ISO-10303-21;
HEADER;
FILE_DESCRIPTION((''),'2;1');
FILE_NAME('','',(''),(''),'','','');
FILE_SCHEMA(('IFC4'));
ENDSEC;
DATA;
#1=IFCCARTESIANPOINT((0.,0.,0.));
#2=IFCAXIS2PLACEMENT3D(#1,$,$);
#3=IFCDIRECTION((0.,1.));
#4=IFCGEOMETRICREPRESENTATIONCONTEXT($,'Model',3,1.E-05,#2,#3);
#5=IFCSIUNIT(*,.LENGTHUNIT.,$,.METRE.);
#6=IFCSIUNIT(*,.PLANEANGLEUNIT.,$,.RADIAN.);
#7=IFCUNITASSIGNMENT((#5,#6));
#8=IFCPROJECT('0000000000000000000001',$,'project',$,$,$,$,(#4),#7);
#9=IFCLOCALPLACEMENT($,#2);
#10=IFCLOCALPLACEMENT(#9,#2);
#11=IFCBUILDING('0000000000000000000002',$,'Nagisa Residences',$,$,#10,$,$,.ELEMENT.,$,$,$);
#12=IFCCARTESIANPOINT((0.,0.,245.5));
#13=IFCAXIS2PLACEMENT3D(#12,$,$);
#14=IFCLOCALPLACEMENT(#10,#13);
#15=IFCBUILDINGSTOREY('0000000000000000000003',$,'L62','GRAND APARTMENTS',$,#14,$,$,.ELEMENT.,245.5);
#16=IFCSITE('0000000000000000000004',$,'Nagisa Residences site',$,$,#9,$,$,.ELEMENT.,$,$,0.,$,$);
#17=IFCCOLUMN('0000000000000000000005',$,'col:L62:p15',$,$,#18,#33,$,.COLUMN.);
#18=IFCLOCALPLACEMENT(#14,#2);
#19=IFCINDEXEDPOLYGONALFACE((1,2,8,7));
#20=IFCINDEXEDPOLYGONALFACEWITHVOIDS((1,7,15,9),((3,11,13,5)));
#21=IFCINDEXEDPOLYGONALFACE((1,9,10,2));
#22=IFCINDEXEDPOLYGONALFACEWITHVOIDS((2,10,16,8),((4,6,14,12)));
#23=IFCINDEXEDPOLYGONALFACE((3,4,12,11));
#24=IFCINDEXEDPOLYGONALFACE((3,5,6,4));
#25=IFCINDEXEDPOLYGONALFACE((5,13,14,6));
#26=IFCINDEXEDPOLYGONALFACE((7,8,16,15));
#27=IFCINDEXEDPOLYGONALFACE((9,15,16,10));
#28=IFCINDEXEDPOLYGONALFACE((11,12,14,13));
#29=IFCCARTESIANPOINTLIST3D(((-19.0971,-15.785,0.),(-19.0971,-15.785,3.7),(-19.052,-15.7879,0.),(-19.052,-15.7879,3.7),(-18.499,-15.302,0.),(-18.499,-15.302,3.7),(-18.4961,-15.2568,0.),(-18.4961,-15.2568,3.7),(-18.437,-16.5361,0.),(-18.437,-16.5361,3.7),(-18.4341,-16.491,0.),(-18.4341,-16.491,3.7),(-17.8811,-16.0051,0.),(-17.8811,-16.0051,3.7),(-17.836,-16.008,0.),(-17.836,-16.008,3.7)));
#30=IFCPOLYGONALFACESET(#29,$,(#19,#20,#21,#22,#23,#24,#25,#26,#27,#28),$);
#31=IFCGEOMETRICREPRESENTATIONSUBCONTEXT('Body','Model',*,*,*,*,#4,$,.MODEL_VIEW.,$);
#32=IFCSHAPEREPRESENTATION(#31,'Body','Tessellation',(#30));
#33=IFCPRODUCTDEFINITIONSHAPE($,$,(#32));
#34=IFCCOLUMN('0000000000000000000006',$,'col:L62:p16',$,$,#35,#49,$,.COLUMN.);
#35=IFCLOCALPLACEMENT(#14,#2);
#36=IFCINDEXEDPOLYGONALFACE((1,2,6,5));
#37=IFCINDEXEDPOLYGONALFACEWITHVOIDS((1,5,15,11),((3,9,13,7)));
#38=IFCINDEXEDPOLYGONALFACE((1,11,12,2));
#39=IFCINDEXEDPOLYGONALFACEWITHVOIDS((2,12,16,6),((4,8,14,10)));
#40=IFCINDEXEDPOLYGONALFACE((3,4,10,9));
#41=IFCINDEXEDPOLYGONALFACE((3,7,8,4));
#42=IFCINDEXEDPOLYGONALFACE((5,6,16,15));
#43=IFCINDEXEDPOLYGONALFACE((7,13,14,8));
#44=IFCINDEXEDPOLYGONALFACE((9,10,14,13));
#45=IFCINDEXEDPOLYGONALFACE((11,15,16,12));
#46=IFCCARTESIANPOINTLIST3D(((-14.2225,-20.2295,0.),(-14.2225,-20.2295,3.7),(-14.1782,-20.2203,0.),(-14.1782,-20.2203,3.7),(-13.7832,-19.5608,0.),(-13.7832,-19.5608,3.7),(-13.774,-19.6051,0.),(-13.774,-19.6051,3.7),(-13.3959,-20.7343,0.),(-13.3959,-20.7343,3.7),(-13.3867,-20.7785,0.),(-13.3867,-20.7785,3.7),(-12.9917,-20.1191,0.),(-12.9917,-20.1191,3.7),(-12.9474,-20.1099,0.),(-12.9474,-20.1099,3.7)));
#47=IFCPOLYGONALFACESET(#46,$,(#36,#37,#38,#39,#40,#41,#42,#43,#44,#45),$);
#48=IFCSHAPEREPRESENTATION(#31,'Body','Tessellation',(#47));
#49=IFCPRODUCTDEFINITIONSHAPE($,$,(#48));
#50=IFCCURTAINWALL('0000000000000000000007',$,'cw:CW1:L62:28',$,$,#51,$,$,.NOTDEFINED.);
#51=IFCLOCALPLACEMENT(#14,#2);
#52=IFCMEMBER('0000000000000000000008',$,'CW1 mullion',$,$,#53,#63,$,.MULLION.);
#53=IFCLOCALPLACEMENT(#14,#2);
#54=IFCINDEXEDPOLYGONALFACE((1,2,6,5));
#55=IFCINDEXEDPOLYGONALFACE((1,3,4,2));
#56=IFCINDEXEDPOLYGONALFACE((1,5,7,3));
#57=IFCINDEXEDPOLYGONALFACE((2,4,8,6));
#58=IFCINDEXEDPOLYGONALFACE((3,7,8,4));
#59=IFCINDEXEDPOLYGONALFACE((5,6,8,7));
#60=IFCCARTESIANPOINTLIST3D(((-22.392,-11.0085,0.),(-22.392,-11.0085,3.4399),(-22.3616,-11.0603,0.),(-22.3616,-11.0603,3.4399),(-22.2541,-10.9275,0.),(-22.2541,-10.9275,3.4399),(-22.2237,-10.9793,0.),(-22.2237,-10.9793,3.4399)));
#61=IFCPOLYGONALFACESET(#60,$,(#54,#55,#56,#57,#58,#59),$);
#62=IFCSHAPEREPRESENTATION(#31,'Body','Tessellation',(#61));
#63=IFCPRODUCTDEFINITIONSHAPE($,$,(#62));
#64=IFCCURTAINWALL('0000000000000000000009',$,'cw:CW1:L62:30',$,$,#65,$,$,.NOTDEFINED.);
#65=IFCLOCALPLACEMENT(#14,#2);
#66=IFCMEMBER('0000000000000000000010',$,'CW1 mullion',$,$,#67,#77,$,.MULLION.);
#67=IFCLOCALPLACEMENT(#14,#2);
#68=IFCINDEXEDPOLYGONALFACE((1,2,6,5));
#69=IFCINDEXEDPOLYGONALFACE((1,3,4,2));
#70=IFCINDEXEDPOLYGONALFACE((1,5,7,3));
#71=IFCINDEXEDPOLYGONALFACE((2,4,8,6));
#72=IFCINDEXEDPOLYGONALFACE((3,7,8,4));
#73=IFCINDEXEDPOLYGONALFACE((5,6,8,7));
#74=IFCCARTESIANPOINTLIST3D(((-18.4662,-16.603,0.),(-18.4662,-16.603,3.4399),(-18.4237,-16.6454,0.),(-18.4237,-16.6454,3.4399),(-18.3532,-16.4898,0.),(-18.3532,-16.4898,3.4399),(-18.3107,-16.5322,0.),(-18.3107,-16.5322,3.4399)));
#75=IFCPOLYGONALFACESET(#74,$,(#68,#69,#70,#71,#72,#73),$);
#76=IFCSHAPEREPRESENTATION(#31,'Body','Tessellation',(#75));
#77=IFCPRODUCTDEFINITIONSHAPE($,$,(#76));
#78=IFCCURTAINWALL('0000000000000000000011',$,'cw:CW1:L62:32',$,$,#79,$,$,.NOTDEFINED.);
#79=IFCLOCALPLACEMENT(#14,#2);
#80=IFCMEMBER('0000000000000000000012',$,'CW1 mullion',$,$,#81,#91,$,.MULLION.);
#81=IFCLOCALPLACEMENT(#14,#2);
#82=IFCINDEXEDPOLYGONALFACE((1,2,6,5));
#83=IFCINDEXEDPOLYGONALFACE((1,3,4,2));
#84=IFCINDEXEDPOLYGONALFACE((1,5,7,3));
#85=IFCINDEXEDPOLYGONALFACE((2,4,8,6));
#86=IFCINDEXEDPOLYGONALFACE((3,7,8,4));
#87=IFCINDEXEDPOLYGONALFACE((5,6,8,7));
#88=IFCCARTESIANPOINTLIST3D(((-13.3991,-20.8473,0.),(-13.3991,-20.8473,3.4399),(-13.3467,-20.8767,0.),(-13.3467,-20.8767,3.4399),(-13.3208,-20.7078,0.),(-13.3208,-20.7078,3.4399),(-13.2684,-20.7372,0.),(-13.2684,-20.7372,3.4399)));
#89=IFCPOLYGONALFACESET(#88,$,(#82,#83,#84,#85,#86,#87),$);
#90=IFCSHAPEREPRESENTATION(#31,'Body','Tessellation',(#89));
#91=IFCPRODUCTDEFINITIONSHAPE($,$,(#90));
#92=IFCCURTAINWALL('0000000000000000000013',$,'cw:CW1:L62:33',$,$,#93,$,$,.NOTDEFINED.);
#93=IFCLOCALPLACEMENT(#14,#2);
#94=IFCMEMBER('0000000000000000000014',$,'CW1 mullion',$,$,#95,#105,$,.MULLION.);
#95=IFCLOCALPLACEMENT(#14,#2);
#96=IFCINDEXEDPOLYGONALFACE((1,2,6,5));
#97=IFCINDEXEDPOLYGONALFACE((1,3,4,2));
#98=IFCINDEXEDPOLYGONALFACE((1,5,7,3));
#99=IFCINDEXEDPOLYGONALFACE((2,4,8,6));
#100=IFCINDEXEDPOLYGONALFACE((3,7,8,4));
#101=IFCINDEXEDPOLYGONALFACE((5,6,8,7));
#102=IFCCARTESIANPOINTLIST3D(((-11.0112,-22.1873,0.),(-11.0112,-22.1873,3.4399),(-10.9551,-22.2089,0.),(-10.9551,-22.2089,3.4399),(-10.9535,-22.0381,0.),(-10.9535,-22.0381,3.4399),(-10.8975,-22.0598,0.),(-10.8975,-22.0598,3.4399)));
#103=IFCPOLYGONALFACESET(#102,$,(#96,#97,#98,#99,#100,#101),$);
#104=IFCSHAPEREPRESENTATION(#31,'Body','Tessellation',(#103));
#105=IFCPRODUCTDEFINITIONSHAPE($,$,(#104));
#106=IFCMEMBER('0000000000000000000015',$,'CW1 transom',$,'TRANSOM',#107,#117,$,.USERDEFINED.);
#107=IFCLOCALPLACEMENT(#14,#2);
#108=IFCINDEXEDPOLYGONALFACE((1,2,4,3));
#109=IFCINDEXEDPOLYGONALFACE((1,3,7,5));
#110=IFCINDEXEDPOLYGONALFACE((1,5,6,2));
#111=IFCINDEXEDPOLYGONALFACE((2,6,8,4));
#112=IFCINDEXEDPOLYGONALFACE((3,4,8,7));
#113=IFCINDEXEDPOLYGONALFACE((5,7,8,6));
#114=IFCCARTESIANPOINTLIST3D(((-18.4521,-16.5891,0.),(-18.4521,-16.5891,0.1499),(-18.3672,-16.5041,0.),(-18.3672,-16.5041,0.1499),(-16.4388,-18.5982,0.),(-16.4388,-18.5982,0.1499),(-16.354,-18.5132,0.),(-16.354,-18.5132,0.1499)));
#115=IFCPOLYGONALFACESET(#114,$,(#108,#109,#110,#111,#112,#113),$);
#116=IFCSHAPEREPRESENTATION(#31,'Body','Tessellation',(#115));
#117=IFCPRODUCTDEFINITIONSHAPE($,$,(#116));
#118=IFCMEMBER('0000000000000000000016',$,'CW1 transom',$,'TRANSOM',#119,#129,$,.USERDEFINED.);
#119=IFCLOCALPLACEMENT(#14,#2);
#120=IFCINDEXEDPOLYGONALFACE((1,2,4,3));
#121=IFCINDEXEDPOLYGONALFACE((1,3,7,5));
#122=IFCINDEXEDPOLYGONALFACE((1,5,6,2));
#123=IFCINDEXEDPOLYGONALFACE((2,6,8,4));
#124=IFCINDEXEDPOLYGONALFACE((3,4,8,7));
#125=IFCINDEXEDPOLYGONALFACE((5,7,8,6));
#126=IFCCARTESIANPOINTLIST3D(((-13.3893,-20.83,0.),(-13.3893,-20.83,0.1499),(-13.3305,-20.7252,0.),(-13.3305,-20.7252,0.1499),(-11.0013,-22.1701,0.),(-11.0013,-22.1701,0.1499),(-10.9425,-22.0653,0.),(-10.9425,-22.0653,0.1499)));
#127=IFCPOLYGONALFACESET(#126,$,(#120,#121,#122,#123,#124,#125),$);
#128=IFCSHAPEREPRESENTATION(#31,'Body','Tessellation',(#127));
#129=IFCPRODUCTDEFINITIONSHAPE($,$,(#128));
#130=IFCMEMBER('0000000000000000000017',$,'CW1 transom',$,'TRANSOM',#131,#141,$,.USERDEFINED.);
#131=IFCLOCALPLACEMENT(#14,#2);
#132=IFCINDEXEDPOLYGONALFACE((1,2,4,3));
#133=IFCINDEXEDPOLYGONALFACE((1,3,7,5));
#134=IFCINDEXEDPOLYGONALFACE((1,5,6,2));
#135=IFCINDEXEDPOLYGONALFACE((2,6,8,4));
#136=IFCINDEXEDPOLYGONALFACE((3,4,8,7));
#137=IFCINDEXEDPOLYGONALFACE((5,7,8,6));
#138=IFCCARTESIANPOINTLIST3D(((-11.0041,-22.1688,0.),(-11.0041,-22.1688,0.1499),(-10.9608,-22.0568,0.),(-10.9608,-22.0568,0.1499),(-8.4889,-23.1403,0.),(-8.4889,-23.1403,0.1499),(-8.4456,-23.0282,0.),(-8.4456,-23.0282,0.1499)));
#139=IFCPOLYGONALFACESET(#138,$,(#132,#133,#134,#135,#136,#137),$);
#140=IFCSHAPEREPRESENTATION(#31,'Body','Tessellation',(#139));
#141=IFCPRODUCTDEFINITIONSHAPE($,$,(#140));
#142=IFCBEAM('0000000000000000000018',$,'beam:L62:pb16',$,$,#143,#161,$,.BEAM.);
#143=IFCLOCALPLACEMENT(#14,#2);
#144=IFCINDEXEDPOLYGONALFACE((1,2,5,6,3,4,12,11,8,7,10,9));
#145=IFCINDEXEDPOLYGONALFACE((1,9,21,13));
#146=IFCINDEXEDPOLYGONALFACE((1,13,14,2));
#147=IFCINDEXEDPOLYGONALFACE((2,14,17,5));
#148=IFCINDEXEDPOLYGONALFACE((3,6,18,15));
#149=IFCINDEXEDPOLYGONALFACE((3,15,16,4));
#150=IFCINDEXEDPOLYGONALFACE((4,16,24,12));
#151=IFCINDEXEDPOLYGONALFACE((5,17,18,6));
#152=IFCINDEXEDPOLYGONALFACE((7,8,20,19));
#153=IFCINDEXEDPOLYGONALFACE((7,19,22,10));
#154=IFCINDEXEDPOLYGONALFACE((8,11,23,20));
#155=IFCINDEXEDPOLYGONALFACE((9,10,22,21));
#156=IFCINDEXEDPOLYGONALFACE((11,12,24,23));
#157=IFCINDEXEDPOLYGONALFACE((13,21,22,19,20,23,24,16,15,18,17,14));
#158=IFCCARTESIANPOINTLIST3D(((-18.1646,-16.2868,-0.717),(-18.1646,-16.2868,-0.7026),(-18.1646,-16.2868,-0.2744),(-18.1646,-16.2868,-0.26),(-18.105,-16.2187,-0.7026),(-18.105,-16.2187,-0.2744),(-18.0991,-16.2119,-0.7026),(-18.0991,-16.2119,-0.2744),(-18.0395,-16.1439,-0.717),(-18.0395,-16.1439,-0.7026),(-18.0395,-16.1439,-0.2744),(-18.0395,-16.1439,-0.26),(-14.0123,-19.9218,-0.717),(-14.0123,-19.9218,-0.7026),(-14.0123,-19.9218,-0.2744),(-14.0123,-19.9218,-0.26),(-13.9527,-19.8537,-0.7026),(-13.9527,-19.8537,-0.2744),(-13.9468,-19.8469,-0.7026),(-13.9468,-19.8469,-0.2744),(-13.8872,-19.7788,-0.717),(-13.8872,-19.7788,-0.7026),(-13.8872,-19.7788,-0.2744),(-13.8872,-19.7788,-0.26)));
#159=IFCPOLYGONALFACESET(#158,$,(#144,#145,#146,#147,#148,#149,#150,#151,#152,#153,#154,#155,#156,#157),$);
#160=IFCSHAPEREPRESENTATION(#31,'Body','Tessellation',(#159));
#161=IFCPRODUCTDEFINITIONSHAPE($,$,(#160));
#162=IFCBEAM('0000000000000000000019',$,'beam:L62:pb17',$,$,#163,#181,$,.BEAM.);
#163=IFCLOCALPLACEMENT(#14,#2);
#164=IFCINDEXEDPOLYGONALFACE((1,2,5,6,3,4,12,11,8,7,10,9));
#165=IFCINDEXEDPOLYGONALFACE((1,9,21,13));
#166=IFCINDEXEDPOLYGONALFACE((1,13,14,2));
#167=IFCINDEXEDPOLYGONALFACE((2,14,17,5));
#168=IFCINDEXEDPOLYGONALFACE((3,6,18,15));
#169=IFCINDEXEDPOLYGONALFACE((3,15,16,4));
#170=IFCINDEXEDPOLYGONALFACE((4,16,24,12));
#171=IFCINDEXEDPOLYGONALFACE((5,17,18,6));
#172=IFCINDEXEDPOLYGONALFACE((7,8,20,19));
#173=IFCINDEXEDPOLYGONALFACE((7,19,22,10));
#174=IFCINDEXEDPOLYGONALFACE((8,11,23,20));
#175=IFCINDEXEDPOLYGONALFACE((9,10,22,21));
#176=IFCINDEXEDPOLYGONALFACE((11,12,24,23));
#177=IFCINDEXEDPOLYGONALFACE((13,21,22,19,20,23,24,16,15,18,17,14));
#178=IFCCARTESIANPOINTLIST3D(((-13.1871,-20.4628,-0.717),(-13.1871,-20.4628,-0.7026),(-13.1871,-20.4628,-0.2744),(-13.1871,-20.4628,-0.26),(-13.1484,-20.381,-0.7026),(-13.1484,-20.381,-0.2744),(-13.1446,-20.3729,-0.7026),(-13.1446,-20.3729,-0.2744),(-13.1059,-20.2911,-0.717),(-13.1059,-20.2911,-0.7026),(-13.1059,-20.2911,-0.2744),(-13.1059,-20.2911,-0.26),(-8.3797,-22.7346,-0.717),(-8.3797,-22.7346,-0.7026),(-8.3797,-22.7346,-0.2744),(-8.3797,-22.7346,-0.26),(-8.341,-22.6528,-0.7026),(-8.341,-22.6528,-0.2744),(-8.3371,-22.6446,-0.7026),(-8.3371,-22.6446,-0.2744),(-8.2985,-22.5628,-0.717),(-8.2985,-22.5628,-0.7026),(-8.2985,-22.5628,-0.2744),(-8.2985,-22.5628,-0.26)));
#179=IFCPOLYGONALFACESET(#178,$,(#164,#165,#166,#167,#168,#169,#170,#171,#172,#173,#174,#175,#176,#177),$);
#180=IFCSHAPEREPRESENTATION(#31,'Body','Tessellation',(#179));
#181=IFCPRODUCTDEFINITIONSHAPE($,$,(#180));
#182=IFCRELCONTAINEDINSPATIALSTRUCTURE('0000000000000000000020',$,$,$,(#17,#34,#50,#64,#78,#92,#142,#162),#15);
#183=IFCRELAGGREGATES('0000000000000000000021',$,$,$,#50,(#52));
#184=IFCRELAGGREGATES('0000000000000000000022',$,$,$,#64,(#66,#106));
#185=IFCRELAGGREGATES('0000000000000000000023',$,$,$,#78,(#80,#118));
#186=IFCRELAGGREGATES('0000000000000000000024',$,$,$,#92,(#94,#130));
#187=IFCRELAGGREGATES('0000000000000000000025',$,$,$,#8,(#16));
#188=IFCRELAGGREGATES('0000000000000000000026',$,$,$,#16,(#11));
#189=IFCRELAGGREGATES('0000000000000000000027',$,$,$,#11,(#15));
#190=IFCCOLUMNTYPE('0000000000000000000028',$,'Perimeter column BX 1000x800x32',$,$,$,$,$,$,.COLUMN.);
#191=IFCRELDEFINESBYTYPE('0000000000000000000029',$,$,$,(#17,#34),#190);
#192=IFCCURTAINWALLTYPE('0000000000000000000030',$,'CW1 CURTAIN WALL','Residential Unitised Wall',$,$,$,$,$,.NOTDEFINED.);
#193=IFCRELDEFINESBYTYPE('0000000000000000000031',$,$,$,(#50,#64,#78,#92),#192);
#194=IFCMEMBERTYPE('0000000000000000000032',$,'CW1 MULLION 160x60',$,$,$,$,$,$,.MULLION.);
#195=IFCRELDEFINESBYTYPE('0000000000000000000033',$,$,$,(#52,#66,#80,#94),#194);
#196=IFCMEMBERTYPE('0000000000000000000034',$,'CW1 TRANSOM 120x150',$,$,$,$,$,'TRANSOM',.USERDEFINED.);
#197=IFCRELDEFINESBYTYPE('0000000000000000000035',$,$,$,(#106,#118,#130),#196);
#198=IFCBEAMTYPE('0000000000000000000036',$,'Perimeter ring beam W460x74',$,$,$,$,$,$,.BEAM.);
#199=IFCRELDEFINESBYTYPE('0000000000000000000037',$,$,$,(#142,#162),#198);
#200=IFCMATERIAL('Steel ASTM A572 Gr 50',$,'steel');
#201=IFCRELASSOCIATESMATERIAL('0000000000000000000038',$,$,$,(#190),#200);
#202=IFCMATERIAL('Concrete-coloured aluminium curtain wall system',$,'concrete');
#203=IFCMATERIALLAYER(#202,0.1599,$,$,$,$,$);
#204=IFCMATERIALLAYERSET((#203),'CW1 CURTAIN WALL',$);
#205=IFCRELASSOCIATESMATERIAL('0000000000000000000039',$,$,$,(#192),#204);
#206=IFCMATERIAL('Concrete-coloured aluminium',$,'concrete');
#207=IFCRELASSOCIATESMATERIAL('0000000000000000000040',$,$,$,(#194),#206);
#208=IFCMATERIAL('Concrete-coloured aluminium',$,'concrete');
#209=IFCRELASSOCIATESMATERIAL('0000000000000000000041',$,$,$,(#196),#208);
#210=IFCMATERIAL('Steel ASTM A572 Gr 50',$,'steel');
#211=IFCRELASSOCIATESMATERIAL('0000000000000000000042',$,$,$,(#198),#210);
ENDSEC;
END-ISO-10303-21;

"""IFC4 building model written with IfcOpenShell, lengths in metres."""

from ifc_helpers import new_model, si_unit, direction, frame, origin, origin_2d, place, context, subcontext, project, spatial, rectangle, hollow_rectangle, i_section, extrude, material, layer, layer_set, material_profile, profile_set, type_object, element, aggregate, save


model = new_model("IFC4")

# Units and contexts
model_context = context("Model", 3, precision=1e-05, world=origin(), true_north=direction((0.0, 1.0)))
body_context = subcontext(model_context, "Body", "Model", "MODEL_VIEW")
ifc_project = project(units=[si_unit("LENGTHUNIT", "METRE"), si_unit("PLANEANGLEUNIT", "RADIAN")], contexts=[model_context])

# Site, building, storey
site_placement = place(None, origin())
site = spatial("IfcSite", under=ifc_project, at=site_placement, Name="Nagisa Residences site", CompositionType="ELEMENT", RefElevation=0.0)
building_placement = place(site_placement, origin())
building = spatial("IfcBuilding", under=site, at=building_placement, Name="Nagisa Residences", CompositionType="ELEMENT")
storey_placement = place(building_placement, frame((0.0, 0.0, 245.5)))
storey = spatial("IfcBuildingStorey", under=building, at=storey_placement, Name="L62", Description="GRAND APARTMENTS", CompositionType="ELEMENT", Elevation=245.5)

# Columns
ifc_material_1 = material(Name="Steel ASTM A572 Gr 50", Category="steel")
ifc_material_profile_1 = material_profile(ifc_material_1, hollow_rectangle(XDim=1.0, YDim=0.8, WallThickness=0.032, at=origin_2d()), Name="BX 1000x800x32")
ifc_profile_set_1 = profile_set([ifc_material_profile_1], Name="Steel ASTM A572 Gr 50")
column_type = type_object("IfcColumnType", Name="Perimeter column BX 1000x800x32", PredefinedType="COLUMN", material=ifc_profile_set_1)
for number, where, z_axis, x_axis, name in (
    (1, (-18.4666, -15.8965, 0.0), (0.0, 0.0, 1.0), (0.660115, -0.751165, 0.0), "col:L62:p15"),
    (2, (-13.585, -20.1697, 0.0), (0.0, 0.0, 1.0), (0.835766, -0.549086, 0.0), "col:L62:p16"),
):
    element("IfcColumn", number, at=place(storey_placement, frame(where, z_axis=z_axis, x_axis=x_axis)), inside=storey, type_object=column_type, Name=name, PredefinedType="COLUMN", context=body_context, shape_type="SweptSolid", body=[
        extrude(hollow_rectangle(XDim=1.0, YDim=0.8, WallThickness=0.032, at=origin_2d()), origin(), (0.0, 0.0, 1.0), 3.7),
    ])

# Curtain walls, members
ifc_material_2 = material(Name="Concrete-coloured aluminium curtain wall system", Category="concrete")
ifc_layer_1 = layer(ifc_material_2, 0.1599)
ifc_layer_set_1 = layer_set([ifc_layer_1], Name="CW1 CURTAIN WALL")
curtain_wall_type = type_object("IfcCurtainWallType", Name="CW1 CURTAIN WALL", Description="Residential Unitised Wall", PredefinedType="NOTDEFINED", material=ifc_layer_set_1)
curtain_wall_1_placement = place(storey_placement, origin())
curtain_wall_1 = element("IfcCurtainWall", 3, at=curtain_wall_1_placement, inside=storey, type_object=curtain_wall_type, Name="cw:CW1:L62:28", PredefinedType="NOTDEFINED")
ifc_material_3 = material(Name="Concrete-coloured aluminium", Category="concrete")
ifc_material_profile_2 = material_profile(ifc_material_3, rectangle(XDim=0.1599, YDim=0.0601, at=origin_2d()), Name="CW1 MULLION 160x60")
ifc_profile_set_2 = profile_set([ifc_material_profile_2], Name="Concrete-coloured aluminium")
member_type_1 = type_object("IfcMemberType", Name="CW1 MULLION 160x60", PredefinedType="MULLION", material=ifc_profile_set_2)
member_1_placement = place(storey_placement, frame((-22.3079, -10.9939, 0.0), z_axis=(0.0, 0.0, 1.0), x_axis=(0.862329, 0.506349, 0.0)))
member_1 = element("IfcMember", 4, at=member_1_placement, type_object=member_type_1, Name="CW1 mullion", PredefinedType="MULLION", context=body_context, shape_type="SweptSolid", body=[
    extrude(rectangle(XDim=0.1599, YDim=0.0601, at=origin_2d()), origin(), (0.0, 0.0, 1.0), 3.4399),
])
curtain_wall_2_placement = place(storey_placement, origin())
curtain_wall_2 = element("IfcCurtainWall", 5, at=curtain_wall_2_placement, inside=storey, type_object=curtain_wall_type, Name="cw:CW1:L62:30", PredefinedType="NOTDEFINED")
member_2_placement = place(storey_placement, frame((-18.3884, -16.5676, 0.0), z_axis=(0.0, 0.0, 1.0), x_axis=(0.706377, 0.707836, 0.0)))
member_2 = element("IfcMember", 6, at=member_2_placement, type_object=member_type_1, Name="CW1 mullion", PredefinedType="MULLION", context=body_context, shape_type="SweptSolid", body=[
    extrude(rectangle(XDim=0.1599, YDim=0.0601, at=origin_2d()), origin(), (0.0, 0.0, 1.0), 3.4399),
])
curtain_wall_3_placement = place(storey_placement, origin())
curtain_wall_3 = element("IfcCurtainWall", 7, at=curtain_wall_3_placement, inside=storey, type_object=curtain_wall_type, Name="cw:CW1:L62:32", PredefinedType="NOTDEFINED")
member_3_placement = place(storey_placement, frame((-13.3337, -20.7922, 0.0), z_axis=(0.0, 0.0, 1.0), x_axis=(0.489377, 0.872072, 0.0)))
member_3 = element("IfcMember", 8, at=member_3_placement, type_object=member_type_1, Name="CW1 mullion", PredefinedType="MULLION", context=body_context, shape_type="SweptSolid", body=[
    extrude(rectangle(XDim=0.1599, YDim=0.0601, at=origin_2d()), origin(), (0.0, 0.0, 1.0), 3.4399),
])
curtain_wall_4_placement = place(storey_placement, origin())
curtain_wall_4 = element("IfcCurtainWall", 9, at=curtain_wall_4_placement, inside=storey, type_object=curtain_wall_type, Name="cw:CW1:L62:33", PredefinedType="NOTDEFINED")
member_4_placement = place(storey_placement, frame((-10.9543, -22.1235, 0.0), z_axis=(0.0, 0.0, 1.0), x_axis=(0.360328, 0.932826, 0.0)))
member_4 = element("IfcMember", 10, at=member_4_placement, type_object=member_type_1, Name="CW1 mullion", PredefinedType="MULLION", context=body_context, shape_type="SweptSolid", body=[
    extrude(rectangle(XDim=0.1599, YDim=0.0601, at=origin_2d()), origin(), (0.0, 0.0, 1.0), 3.4399),
])

# Members
ifc_material_4 = material(Name="Concrete-coloured aluminium", Category="concrete")
ifc_material_profile_3 = material_profile(ifc_material_4, rectangle(XDim=0.1201, YDim=0.1499, at=origin_2d()), Name="CW1 TRANSOM 120x150")
ifc_profile_set_3 = profile_set([ifc_material_profile_3], Name="Concrete-coloured aluminium")
member_type_2 = type_object("IfcMemberType", Name="CW1 TRANSOM 120x150", ElementType="TRANSOM", PredefinedType="USERDEFINED", material=ifc_profile_set_3)
member_5_placement = place(storey_placement, frame((-18.4097, -16.5466, 0.075), z_axis=(0.707836, -0.706377, 0.0), x_axis=(0.706377, 0.707836, 0.0)))
member_5 = element("IfcMember", 11, at=member_5_placement, type_object=member_type_2, Name="CW1 transom", ObjectType="TRANSOM", PredefinedType="USERDEFINED", context=body_context, shape_type="SweptSolid", body=[
    extrude(rectangle(XDim=0.1201, YDim=0.1499, at=origin_2d()), origin(), (0.0, 0.0, 1.0), 2.8442),
])
member_6_placement = place(storey_placement, frame((-13.3599, -20.7776, 0.075), z_axis=(0.872063, -0.489393, 0.0), x_axis=(0.489393, 0.872063, 0.0)))
member_6 = element("IfcMember", 12, at=member_6_placement, type_object=member_type_2, Name="CW1 transom", ObjectType="TRANSOM", PredefinedType="USERDEFINED", context=body_context, shape_type="SweptSolid", body=[
    extrude(rectangle(XDim=0.1201, YDim=0.1499, at=origin_2d()), origin(), (0.0, 0.0, 1.0), 2.7383),
])
member_7_placement = place(storey_placement, frame((-10.9824, -22.1128, 0.075), z_axis=(0.932838, -0.360295, 0.0), x_axis=(0.360295, 0.932838, 0.0)))
member_7 = element("IfcMember", 13, at=member_7_placement, type_object=member_type_2, Name="CW1 transom", ObjectType="TRANSOM", PredefinedType="USERDEFINED", context=body_context, shape_type="SweptSolid", body=[
    extrude(rectangle(XDim=0.1201, YDim=0.1499, at=origin_2d()), origin(), (0.0, 0.0, 1.0), 2.6963),
])

# Beams
ifc_material_5 = material(Name="Steel ASTM A572 Gr 50", Category="steel")
ifc_material_profile_4 = material_profile(ifc_material_5, i_section(OverallWidth=0.1899, OverallDepth=0.457, WebThickness=0.009, FlangeThickness=0.0144, at=origin_2d()), Name="W460x74")
ifc_profile_set_4 = profile_set([ifc_material_profile_4], Name="Steel ASTM A572 Gr 50")
beam_type_1 = type_object("IfcBeamType", Name="Perimeter ring beam W460x74", PredefinedType="BEAM", material=ifc_profile_set_4)
beam_1_placement = place(storey_placement, frame((-18.1021, -16.2153, -0.4885), z_axis=(0.752423, -0.65868, 0.0), x_axis=(0.65868, 0.752423, 0.0)))
element("IfcBeam", 14, at=beam_1_placement, inside=storey, type_object=beam_type_1, Name="beam:L62:pb16", PredefinedType="BEAM", context=body_context, shape_type="SweptSolid", body=[
    extrude(i_section(OverallWidth=0.1899, OverallDepth=0.457, WebThickness=0.009, FlangeThickness=0.0144, at=origin_2d()), origin(), (0.0, 0.0, 1.0), 5.5186),
])
beam_2_placement = place(storey_placement, frame((-13.1465, -20.377, -0.4885), z_axis=(0.904134, -0.427249, 0.0), x_axis=(0.427249, 0.904134, 0.0)))
element("IfcBeam", 15, at=beam_2_placement, inside=storey, type_object=beam_type_1, Name="beam:L62:pb17", PredefinedType="BEAM", context=body_context, shape_type="SweptSolid", body=[
    extrude(i_section(OverallWidth=0.1899, OverallDepth=0.457, WebThickness=0.009, FlangeThickness=0.0144, at=origin_2d()), origin(), (0.0, 0.0, 1.0), 5.3171),
])

aggregate(curtain_wall_1, [member_1])
aggregate(curtain_wall_2, [member_2, member_5])
aggregate(curtain_wall_3, [member_3, member_6])
aggregate(curtain_wall_4, [member_4, member_7])

save(model, "model.ifc")
